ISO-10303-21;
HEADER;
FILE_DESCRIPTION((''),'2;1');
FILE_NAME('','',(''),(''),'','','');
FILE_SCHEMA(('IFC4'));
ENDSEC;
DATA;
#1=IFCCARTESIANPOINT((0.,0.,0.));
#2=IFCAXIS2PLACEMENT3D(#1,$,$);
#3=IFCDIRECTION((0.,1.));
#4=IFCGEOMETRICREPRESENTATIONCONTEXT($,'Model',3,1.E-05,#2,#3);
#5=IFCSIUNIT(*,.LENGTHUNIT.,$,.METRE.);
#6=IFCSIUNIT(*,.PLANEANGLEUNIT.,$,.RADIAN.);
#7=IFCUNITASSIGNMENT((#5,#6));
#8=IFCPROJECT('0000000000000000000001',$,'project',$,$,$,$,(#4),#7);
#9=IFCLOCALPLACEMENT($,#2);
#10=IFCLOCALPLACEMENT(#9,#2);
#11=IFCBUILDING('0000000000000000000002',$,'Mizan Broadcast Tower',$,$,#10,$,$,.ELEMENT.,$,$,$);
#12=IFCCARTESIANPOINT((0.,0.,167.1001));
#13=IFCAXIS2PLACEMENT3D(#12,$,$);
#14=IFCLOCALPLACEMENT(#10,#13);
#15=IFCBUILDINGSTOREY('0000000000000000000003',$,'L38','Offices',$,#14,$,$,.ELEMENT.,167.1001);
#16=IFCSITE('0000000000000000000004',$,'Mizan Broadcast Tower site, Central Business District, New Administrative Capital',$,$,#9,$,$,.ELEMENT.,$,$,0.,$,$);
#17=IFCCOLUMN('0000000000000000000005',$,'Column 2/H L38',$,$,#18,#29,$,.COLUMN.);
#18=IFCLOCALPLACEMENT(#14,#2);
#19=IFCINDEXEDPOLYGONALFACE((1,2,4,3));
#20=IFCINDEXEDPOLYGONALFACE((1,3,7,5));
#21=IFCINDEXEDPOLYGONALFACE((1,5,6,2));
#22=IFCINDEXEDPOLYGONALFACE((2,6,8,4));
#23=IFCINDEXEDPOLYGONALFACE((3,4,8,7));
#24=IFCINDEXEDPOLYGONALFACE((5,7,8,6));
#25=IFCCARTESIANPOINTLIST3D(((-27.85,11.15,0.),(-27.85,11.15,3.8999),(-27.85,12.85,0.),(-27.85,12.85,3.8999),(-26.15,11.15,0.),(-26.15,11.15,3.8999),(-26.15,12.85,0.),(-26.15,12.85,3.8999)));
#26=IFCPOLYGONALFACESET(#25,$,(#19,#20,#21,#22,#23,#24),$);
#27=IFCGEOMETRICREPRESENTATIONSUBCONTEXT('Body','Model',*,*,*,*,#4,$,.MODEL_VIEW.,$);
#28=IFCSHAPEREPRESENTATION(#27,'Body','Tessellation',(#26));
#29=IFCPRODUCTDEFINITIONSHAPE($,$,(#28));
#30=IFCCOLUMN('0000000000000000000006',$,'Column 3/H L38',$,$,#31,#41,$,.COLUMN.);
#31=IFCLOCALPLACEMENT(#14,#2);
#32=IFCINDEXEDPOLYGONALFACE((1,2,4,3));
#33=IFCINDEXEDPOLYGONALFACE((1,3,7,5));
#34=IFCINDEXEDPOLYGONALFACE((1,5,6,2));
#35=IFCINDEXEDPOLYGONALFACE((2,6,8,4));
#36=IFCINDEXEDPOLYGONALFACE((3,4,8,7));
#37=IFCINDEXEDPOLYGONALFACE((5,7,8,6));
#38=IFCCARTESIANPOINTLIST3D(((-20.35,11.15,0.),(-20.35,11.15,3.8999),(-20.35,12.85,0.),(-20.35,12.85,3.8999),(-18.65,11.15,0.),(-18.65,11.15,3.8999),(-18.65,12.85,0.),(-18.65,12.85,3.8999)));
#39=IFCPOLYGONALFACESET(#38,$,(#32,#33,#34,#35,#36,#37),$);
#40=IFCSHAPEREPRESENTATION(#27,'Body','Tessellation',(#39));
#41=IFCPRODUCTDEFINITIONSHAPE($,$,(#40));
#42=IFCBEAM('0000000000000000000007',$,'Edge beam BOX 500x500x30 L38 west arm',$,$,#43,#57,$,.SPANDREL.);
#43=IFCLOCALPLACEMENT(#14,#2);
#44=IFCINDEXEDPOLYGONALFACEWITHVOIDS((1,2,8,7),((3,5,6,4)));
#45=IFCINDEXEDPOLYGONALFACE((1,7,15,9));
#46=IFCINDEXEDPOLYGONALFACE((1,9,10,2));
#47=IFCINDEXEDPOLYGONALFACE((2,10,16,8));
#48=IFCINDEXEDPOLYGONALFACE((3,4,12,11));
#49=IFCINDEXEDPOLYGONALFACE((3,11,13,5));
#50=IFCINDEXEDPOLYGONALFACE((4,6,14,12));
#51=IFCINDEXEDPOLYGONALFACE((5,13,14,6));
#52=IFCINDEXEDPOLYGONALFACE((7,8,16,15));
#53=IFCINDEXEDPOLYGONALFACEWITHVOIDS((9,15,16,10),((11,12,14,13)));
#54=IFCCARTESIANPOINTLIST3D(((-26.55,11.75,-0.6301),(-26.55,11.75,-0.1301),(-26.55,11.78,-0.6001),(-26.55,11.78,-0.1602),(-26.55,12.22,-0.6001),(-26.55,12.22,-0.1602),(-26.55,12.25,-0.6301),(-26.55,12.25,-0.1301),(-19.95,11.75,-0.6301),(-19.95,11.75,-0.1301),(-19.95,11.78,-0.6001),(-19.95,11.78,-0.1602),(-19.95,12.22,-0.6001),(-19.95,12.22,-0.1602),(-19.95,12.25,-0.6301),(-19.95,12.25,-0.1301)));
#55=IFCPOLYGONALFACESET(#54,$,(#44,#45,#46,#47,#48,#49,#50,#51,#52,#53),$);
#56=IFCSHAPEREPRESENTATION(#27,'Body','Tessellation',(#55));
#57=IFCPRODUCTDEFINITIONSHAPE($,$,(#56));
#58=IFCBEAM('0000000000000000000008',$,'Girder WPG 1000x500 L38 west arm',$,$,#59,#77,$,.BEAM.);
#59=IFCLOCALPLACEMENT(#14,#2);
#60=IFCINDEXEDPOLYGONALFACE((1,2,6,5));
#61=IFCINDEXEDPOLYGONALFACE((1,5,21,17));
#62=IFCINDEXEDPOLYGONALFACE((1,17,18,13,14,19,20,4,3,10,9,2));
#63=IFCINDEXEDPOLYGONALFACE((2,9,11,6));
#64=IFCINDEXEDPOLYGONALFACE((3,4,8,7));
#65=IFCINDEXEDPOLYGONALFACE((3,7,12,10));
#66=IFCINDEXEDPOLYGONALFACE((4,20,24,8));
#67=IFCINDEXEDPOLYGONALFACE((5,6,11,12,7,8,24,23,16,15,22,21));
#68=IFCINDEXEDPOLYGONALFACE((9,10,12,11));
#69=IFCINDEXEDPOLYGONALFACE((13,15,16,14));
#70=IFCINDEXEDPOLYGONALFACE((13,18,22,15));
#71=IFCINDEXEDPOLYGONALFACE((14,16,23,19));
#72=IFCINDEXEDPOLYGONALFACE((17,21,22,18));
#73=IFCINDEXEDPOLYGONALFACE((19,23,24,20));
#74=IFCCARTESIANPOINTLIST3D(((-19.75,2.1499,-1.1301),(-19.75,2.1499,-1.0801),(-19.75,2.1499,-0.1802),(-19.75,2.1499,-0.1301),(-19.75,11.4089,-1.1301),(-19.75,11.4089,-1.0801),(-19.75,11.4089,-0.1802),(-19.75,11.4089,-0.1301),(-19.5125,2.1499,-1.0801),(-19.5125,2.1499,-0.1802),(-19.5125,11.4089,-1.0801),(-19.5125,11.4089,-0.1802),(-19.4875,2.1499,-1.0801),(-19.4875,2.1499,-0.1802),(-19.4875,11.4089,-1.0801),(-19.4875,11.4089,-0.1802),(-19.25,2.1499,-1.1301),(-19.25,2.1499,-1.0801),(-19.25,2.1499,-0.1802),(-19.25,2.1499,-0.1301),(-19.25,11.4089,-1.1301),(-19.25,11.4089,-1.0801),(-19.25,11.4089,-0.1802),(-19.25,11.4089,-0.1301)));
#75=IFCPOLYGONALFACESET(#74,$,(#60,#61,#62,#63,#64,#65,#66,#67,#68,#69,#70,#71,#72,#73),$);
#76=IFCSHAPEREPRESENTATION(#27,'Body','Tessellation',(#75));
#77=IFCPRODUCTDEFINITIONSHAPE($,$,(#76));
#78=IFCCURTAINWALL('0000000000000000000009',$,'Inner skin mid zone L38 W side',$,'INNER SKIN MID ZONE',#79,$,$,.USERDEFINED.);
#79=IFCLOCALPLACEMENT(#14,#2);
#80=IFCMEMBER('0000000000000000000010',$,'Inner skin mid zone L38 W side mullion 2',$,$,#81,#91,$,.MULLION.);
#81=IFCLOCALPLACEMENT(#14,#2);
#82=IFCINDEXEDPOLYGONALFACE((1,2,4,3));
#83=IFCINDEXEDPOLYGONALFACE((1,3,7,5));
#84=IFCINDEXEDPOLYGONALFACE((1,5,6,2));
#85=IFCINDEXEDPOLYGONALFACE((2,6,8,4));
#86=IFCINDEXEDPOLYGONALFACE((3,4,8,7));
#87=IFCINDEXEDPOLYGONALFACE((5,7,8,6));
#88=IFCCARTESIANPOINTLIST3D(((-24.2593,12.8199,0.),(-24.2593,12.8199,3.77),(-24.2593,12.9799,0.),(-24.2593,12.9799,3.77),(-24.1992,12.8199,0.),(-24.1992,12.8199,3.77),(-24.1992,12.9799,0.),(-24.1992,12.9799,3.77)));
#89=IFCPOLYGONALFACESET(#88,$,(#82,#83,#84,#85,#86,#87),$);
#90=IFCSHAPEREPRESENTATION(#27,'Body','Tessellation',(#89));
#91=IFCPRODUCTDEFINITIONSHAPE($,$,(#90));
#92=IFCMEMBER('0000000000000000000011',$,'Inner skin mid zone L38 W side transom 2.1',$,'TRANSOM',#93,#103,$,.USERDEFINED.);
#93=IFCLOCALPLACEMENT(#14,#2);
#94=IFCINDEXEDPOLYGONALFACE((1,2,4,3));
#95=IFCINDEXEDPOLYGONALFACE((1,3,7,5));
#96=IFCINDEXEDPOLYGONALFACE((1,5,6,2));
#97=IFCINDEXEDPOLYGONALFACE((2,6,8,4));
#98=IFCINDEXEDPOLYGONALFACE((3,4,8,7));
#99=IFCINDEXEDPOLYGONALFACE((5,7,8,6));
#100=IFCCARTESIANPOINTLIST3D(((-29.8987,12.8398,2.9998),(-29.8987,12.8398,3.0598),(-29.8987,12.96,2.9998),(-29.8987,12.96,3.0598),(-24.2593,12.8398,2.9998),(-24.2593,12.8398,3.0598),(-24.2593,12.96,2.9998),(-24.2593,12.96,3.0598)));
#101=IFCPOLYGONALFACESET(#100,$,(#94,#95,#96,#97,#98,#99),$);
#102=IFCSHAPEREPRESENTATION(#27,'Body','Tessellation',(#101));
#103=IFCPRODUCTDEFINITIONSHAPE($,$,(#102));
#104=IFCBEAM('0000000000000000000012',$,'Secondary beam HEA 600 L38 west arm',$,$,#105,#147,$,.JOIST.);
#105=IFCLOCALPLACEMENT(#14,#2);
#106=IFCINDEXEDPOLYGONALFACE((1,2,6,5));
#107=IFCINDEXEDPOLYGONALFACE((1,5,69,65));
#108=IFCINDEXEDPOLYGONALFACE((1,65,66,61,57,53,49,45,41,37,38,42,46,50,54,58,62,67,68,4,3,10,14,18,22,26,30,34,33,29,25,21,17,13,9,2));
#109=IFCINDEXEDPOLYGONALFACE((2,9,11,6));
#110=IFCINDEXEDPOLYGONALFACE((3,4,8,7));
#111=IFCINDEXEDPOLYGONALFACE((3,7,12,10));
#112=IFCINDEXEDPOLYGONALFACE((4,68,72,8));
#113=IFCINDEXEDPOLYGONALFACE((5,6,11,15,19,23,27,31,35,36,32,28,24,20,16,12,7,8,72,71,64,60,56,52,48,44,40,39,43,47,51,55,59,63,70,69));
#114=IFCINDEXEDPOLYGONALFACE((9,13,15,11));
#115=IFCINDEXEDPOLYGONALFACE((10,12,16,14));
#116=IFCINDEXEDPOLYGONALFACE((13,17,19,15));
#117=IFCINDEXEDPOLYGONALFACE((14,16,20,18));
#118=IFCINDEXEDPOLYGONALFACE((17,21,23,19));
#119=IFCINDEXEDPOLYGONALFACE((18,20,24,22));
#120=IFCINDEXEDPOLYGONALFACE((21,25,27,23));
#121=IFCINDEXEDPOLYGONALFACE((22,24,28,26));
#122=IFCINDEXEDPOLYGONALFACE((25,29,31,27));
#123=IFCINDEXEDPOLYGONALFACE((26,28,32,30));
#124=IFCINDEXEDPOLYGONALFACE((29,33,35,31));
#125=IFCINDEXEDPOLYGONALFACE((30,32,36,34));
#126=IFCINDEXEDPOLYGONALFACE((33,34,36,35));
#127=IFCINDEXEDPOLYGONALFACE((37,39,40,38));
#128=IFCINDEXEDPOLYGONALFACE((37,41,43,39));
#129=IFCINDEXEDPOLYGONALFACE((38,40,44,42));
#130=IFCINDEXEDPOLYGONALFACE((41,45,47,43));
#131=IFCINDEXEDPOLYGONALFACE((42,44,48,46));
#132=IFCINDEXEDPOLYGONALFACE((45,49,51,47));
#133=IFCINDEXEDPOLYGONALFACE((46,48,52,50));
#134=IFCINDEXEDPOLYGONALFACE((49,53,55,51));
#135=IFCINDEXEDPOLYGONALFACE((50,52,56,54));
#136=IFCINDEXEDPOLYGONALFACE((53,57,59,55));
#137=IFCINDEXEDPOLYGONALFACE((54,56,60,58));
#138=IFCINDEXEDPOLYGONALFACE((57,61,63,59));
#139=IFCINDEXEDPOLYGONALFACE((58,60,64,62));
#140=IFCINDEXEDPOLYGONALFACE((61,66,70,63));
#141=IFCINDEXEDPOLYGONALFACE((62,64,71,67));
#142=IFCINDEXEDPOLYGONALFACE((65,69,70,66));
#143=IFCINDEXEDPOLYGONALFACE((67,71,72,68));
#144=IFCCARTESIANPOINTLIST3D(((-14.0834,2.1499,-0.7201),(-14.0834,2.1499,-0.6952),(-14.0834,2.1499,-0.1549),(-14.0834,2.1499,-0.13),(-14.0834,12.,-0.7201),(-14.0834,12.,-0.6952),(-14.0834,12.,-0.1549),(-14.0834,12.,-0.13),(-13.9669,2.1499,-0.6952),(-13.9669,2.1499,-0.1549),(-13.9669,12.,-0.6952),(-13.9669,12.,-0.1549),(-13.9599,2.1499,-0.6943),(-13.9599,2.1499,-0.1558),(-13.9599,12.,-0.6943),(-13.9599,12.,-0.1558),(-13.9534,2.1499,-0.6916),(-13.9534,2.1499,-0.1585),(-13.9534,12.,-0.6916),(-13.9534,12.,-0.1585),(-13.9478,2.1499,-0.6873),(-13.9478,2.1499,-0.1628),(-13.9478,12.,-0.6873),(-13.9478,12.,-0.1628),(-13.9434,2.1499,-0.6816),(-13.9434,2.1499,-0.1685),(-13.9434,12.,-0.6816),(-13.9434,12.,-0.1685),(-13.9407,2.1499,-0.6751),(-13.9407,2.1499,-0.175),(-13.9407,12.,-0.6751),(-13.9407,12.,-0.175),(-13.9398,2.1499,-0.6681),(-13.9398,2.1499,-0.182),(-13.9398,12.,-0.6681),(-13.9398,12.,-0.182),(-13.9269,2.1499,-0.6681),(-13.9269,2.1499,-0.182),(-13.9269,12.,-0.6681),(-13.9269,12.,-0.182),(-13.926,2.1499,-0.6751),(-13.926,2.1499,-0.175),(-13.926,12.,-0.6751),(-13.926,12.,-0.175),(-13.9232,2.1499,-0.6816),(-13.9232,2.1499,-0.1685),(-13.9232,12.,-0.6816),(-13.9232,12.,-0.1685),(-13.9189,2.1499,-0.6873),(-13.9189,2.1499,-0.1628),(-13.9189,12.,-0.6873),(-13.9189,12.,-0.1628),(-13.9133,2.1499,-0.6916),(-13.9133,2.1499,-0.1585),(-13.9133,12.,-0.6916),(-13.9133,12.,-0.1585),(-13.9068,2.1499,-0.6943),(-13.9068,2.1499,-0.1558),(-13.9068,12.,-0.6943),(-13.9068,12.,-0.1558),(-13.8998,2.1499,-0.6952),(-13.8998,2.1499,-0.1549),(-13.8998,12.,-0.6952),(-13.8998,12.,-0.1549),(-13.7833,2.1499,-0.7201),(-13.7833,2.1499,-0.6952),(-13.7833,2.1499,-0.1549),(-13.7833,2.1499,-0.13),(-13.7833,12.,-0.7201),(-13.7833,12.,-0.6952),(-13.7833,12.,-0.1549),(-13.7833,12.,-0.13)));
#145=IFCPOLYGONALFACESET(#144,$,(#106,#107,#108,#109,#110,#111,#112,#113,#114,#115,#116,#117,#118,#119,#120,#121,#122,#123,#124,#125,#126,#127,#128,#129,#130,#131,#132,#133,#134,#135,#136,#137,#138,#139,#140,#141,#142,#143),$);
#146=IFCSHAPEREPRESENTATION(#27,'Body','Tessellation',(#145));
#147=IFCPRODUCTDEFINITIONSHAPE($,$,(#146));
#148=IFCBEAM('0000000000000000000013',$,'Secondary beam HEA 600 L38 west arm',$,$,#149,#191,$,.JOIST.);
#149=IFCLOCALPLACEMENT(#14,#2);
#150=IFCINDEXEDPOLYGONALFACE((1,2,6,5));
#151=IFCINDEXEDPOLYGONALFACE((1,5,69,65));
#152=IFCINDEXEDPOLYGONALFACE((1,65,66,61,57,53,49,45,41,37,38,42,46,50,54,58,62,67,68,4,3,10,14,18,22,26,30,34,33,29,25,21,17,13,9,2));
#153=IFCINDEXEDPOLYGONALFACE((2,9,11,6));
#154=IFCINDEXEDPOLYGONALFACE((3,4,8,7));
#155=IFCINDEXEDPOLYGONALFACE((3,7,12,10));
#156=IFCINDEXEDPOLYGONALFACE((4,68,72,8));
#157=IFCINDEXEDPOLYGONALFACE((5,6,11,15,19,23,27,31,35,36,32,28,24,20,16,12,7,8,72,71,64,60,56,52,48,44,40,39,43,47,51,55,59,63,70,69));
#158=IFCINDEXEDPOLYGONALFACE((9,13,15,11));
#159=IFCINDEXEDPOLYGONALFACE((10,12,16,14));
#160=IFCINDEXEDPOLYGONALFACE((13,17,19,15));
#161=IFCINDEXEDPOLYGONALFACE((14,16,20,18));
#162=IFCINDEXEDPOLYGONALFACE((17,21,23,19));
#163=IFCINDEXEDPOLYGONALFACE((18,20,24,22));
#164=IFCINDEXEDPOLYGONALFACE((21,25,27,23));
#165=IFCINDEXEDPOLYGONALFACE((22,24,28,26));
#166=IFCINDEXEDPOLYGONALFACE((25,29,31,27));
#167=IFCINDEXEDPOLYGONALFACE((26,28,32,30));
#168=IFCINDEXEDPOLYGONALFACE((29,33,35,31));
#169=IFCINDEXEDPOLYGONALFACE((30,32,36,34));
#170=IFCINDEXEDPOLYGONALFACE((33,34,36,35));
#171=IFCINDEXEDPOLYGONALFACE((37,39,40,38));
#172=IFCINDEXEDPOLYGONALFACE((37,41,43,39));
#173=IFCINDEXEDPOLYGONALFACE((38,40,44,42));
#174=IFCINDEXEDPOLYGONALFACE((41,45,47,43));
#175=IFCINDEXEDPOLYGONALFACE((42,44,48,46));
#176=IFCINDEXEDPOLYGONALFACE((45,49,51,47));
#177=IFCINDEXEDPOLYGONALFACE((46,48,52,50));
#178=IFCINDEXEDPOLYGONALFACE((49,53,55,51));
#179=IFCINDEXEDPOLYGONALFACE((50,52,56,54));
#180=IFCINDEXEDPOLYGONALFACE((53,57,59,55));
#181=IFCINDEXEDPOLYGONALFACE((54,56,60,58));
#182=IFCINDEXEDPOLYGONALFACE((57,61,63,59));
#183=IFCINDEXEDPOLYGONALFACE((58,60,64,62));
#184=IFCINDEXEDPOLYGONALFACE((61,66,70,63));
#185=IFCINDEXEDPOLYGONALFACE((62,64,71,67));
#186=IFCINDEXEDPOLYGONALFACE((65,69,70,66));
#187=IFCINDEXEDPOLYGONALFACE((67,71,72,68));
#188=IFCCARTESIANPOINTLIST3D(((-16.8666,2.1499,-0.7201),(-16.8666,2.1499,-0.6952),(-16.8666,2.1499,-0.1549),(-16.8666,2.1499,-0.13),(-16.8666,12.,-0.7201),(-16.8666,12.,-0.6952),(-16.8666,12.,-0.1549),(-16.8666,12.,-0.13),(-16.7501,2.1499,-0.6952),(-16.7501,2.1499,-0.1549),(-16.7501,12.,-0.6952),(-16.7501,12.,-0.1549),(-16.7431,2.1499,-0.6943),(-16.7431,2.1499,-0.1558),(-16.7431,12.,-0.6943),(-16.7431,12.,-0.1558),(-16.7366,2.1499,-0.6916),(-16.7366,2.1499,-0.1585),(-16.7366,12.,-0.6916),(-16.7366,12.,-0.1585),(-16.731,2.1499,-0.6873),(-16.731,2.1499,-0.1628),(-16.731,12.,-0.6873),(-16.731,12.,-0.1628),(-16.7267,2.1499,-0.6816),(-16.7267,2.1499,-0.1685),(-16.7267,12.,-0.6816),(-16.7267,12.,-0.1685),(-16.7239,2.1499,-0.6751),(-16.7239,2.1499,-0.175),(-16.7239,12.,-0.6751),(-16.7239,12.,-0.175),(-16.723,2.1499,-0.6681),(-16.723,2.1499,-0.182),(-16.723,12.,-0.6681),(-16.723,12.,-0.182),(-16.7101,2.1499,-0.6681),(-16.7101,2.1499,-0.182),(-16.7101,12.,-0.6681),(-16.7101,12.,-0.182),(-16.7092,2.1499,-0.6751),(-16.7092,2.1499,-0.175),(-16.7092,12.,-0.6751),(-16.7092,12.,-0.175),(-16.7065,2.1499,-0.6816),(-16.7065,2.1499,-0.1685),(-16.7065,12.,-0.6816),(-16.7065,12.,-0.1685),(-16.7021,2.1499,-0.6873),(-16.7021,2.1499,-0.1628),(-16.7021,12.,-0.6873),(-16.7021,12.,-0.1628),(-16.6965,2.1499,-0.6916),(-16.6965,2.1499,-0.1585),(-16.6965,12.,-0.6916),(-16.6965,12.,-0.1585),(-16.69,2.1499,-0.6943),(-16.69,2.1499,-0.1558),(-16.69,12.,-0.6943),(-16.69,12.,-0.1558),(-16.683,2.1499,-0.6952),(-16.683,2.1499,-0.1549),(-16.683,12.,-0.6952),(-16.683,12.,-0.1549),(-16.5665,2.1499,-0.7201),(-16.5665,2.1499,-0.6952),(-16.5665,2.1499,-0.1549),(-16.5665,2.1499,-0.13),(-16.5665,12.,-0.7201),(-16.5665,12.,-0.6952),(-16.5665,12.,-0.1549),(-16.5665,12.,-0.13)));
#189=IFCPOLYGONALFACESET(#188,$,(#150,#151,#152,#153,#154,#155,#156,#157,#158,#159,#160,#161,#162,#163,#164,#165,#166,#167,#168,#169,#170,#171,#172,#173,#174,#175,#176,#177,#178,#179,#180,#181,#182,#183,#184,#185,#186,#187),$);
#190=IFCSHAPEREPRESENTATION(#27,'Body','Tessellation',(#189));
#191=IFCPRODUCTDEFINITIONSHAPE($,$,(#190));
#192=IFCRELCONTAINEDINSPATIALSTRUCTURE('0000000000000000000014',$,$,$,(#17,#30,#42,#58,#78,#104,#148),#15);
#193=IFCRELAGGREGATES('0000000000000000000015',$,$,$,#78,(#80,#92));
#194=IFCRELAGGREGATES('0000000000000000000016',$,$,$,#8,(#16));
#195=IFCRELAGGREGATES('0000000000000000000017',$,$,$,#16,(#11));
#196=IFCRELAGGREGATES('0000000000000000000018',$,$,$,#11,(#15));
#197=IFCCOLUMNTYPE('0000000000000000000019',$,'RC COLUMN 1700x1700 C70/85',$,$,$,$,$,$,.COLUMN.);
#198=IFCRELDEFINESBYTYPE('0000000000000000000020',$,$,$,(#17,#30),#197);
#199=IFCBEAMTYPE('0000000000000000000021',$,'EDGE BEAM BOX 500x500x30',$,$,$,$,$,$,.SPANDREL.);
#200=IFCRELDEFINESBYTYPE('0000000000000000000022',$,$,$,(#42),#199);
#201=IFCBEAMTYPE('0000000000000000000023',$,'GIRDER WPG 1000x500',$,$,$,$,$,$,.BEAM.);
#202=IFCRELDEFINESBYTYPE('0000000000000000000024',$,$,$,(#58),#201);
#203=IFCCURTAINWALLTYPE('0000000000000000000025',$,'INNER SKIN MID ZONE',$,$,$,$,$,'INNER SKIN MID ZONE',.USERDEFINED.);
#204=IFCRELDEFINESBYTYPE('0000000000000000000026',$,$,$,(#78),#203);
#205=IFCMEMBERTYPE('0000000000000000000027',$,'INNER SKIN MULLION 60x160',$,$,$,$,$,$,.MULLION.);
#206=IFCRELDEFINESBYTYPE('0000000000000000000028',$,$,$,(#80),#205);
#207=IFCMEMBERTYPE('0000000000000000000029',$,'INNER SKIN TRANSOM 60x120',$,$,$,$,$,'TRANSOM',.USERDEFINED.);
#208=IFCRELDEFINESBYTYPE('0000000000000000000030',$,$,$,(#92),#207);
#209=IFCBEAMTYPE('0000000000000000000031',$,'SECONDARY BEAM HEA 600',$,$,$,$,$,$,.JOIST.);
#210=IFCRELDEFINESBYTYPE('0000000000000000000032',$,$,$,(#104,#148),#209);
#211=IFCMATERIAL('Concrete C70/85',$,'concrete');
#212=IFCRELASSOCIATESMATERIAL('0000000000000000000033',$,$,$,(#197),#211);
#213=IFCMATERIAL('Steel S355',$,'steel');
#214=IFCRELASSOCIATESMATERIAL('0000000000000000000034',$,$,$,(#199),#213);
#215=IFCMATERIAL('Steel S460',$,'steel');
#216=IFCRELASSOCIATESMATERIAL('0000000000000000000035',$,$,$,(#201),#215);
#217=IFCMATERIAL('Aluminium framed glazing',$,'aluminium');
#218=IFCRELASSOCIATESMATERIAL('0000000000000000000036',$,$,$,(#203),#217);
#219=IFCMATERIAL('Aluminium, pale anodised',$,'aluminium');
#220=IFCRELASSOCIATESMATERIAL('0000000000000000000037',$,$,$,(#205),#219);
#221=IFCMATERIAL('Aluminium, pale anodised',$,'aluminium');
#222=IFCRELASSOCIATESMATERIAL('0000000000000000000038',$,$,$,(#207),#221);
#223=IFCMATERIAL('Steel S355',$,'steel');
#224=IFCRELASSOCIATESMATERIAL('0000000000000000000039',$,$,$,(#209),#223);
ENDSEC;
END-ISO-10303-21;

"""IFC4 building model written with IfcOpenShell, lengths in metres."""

from ifc_helpers import new_model, si_unit, direction, frame, origin, origin_2d, place, context, subcontext, project, spatial, rectangle, hollow_rectangle, i_section, extrude, material, material_profile, profile_set, type_object, element, aggregate, save


model = new_model("IFC4")

# Units and contexts
model_context = context("Model", 3, precision=1e-05, world=origin(), true_north=direction((0.0, 1.0)))
body_context = subcontext(model_context, "Body", "Model", "MODEL_VIEW")
ifc_project = project(units=[si_unit("LENGTHUNIT", "METRE"), si_unit("PLANEANGLEUNIT", "RADIAN")], contexts=[model_context])

# Site, building, storey
site_placement = place(None, origin())
site = spatial("IfcSite", under=ifc_project, at=site_placement, Name="Mizan Broadcast Tower site, Central Business District, New Administrative Capital", CompositionType="ELEMENT", RefElevation=0.0)
building_placement = place(site_placement, origin())
building = spatial("IfcBuilding", under=site, at=building_placement, Name="Mizan Broadcast Tower", CompositionType="ELEMENT")
storey_placement = place(building_placement, frame((0.0, 0.0, 167.1001)))
storey = spatial("IfcBuildingStorey", under=building, at=storey_placement, Name="L38", Description="Offices", CompositionType="ELEMENT", Elevation=167.1001)

# Columns
ifc_material_1 = material(Name="Concrete C70/85", Category="concrete")
ifc_material_profile_1 = material_profile(ifc_material_1, rectangle(XDim=1.7, YDim=1.7, at=origin_2d()), Name="RC 1700x1700")
ifc_profile_set_1 = profile_set([ifc_material_profile_1], Name="Concrete C70/85")
column_type = type_object("IfcColumnType", Name="RC COLUMN 1700x1700 C70/85", PredefinedType="COLUMN", material=ifc_profile_set_1)
for number, where, z_axis, x_axis, name in (
    (1, (-27.0, 12.0, 0.0), (0.0, 0.0, 1.0), (1.0, 0.0, 0.0), "Column 2/H L38"),
    (2, (-19.5, 12.0, 0.0), (0.0, 0.0, 1.0), (1.0, 0.0, 0.0), "Column 3/H L38"),
):
    element("IfcColumn", number, at=place(storey_placement, frame(where, z_axis=z_axis, x_axis=x_axis)), inside=storey, type_object=column_type, Name=name, PredefinedType="COLUMN", context=body_context, shape_type="SweptSolid", body=[
        extrude(rectangle(XDim=1.7, YDim=1.7, at=origin_2d()), origin(), (0.0, 0.0, 1.0), 3.8999),
    ])

# Beams
ifc_material_2 = material(Name="Steel S355", Category="steel")
ifc_material_profile_2 = material_profile(ifc_material_2, hollow_rectangle(XDim=0.5, YDim=0.5, WallThickness=0.03, at=origin_2d()), Name="BOX 500x500x30")
ifc_profile_set_2 = profile_set([ifc_material_profile_2], Name="Steel S355")
beam_type_1 = type_object("IfcBeamType", Name="EDGE BEAM BOX 500x500x30", PredefinedType="SPANDREL", material=ifc_profile_set_2)
beam_1_placement = place(storey_placement, frame((-19.95, 12.0, -0.3801), z_axis=(-1.0, 0.0, 0.0), x_axis=(0.0, -1.0, 0.0)))
element("IfcBeam", 3, at=beam_1_placement, inside=storey, type_object=beam_type_1, Name="Edge beam BOX 500x500x30 L38 west arm", PredefinedType="SPANDREL", context=body_context, shape_type="SweptSolid", body=[
    extrude(hollow_rectangle(XDim=0.5, YDim=0.5, WallThickness=0.03, at=origin_2d()), origin(), (0.0, 0.0, 1.0), 6.6001),
])
ifc_material_3 = material(Name="Steel S460", Category="steel")
ifc_material_profile_3 = material_profile(ifc_material_3, i_section(OverallWidth=0.5, OverallDepth=1.0, WebThickness=0.0249, FlangeThickness=0.05, at=origin_2d()), Name="WPG 1000x500")
ifc_profile_set_3 = profile_set([ifc_material_profile_3], Name="Steel S460")
beam_type_2 = type_object("IfcBeamType", Name="GIRDER WPG 1000x500", PredefinedType="BEAM", material=ifc_profile_set_3)
beam_2_placement = place(storey_placement, frame((-19.5, 11.4089, -0.6301), z_axis=(0.0, -1.0, 0.0), x_axis=(1.0, 0.0, 0.0)))
element("IfcBeam", 4, at=beam_2_placement, inside=storey, type_object=beam_type_2, Name="Girder WPG 1000x500 L38 west arm", PredefinedType="BEAM", context=body_context, shape_type="SweptSolid", body=[
    extrude(i_section(OverallWidth=0.5, OverallDepth=1.0, WebThickness=0.0249, FlangeThickness=0.05, at=origin_2d()), origin(), (0.0, 0.0, 1.0), 9.259),
])

# Curtain wall, members
ifc_material_4 = material(Name="Aluminium framed glazing", Category="aluminium")
curtain_wall_type = type_object("IfcCurtainWallType", Name="INNER SKIN MID ZONE", ElementType="INNER SKIN MID ZONE", PredefinedType="USERDEFINED", material=ifc_material_4)
curtain_wall_placement = place(storey_placement, origin())
curtain_wall = element("IfcCurtainWall", 5, at=curtain_wall_placement, inside=storey, type_object=curtain_wall_type, Name="Inner skin mid zone L38 W side", ObjectType="INNER SKIN MID ZONE", PredefinedType="USERDEFINED")
ifc_material_5 = material(Name="Aluminium, pale anodised", Category="aluminium")
ifc_material_profile_4 = material_profile(ifc_material_5, rectangle(XDim=0.1599, YDim=0.0601, at=origin_2d()), Name="MULLION 160x60")
ifc_profile_set_4 = profile_set([ifc_material_profile_4], Name="Aluminium, pale anodised")
member_type_1 = type_object("IfcMemberType", Name="INNER SKIN MULLION 60x160", PredefinedType="MULLION", material=ifc_profile_set_4)
member_1_placement = place(storey_placement, frame((-24.2292, 12.8999, 0.0), z_axis=(0.0, 0.0, 1.0), x_axis=(0.0, -1.0, 0.0)))
member_1 = element("IfcMember", 6, at=member_1_placement, type_object=member_type_1, Name="Inner skin mid zone L38 W side mullion 2", PredefinedType="MULLION", context=body_context, shape_type="SweptSolid", body=[
    extrude(rectangle(XDim=0.1599, YDim=0.0601, at=origin_2d()), origin(), (0.0, 0.0, 1.0), 3.77),
])
ifc_material_6 = material(Name="Aluminium, pale anodised", Category="aluminium")
ifc_material_profile_5 = material_profile(ifc_material_6, rectangle(XDim=0.1201, YDim=0.0601, at=origin_2d()), Name="TRANSOM 120x60")
ifc_profile_set_5 = profile_set([ifc_material_profile_5], Name="Aluminium, pale anodised")
member_type_2 = type_object("IfcMemberType", Name="INNER SKIN TRANSOM 60x120", ElementType="TRANSOM", PredefinedType="USERDEFINED", material=ifc_profile_set_5)
member_2_placement = place(storey_placement, frame((-24.2593, 12.8999, 3.0298), z_axis=(-1.0, 0.0, 0.0), x_axis=(0.0, -1.0, 0.0)))
member_2 = element("IfcMember", 7, at=member_2_placement, type_object=member_type_2, Name="Inner skin mid zone L38 W side transom 2.1", ObjectType="TRANSOM", PredefinedType="USERDEFINED", context=body_context, shape_type="SweptSolid", body=[
    extrude(rectangle(XDim=0.1201, YDim=0.0601, at=origin_2d()), origin(), (0.0, 0.0, 1.0), 5.6394),
])

# Beams
ifc_material_7 = material(Name="Steel S355", Category="steel")
ifc_material_profile_6 = material_profile(ifc_material_7, i_section(OverallWidth=0.3, OverallDepth=0.5901, WebThickness=0.0129, FlangeThickness=0.0249, FilletRadius=0.0271, at=origin_2d()), Name="HEA 600")
ifc_profile_set_6 = profile_set([ifc_material_profile_6], Name="Steel S355")
beam_type_3 = type_object("IfcBeamType", Name="SECONDARY BEAM HEA 600", PredefinedType="JOIST", material=ifc_profile_set_6)
for number, where, z_axis, x_axis, name in (
    (8, (-13.9333, 12.0, -0.425), (0.0, -1.0, 0.0), (1.0, 0.0, 0.0), "Secondary beam HEA 600 L38 west arm"),
    (9, (-16.7166, 12.0, -0.425), (0.0, -1.0, 0.0), (1.0, 0.0, 0.0), "Secondary beam HEA 600 L38 west arm"),
):
    element("IfcBeam", number, at=place(storey_placement, frame(where, z_axis=z_axis, x_axis=x_axis)), inside=storey, type_object=beam_type_3, Name=name, PredefinedType="JOIST", context=body_context, shape_type="SweptSolid", body=[
        extrude(i_section(OverallWidth=0.3, OverallDepth=0.5901, WebThickness=0.0129, FlangeThickness=0.0249, FilletRadius=0.0271, at=origin_2d()), origin(), (0.0, 0.0, 1.0), 9.8501),
    ])

aggregate(curtain_wall, [member_1, member_2])

save(model, "model.ifc")
